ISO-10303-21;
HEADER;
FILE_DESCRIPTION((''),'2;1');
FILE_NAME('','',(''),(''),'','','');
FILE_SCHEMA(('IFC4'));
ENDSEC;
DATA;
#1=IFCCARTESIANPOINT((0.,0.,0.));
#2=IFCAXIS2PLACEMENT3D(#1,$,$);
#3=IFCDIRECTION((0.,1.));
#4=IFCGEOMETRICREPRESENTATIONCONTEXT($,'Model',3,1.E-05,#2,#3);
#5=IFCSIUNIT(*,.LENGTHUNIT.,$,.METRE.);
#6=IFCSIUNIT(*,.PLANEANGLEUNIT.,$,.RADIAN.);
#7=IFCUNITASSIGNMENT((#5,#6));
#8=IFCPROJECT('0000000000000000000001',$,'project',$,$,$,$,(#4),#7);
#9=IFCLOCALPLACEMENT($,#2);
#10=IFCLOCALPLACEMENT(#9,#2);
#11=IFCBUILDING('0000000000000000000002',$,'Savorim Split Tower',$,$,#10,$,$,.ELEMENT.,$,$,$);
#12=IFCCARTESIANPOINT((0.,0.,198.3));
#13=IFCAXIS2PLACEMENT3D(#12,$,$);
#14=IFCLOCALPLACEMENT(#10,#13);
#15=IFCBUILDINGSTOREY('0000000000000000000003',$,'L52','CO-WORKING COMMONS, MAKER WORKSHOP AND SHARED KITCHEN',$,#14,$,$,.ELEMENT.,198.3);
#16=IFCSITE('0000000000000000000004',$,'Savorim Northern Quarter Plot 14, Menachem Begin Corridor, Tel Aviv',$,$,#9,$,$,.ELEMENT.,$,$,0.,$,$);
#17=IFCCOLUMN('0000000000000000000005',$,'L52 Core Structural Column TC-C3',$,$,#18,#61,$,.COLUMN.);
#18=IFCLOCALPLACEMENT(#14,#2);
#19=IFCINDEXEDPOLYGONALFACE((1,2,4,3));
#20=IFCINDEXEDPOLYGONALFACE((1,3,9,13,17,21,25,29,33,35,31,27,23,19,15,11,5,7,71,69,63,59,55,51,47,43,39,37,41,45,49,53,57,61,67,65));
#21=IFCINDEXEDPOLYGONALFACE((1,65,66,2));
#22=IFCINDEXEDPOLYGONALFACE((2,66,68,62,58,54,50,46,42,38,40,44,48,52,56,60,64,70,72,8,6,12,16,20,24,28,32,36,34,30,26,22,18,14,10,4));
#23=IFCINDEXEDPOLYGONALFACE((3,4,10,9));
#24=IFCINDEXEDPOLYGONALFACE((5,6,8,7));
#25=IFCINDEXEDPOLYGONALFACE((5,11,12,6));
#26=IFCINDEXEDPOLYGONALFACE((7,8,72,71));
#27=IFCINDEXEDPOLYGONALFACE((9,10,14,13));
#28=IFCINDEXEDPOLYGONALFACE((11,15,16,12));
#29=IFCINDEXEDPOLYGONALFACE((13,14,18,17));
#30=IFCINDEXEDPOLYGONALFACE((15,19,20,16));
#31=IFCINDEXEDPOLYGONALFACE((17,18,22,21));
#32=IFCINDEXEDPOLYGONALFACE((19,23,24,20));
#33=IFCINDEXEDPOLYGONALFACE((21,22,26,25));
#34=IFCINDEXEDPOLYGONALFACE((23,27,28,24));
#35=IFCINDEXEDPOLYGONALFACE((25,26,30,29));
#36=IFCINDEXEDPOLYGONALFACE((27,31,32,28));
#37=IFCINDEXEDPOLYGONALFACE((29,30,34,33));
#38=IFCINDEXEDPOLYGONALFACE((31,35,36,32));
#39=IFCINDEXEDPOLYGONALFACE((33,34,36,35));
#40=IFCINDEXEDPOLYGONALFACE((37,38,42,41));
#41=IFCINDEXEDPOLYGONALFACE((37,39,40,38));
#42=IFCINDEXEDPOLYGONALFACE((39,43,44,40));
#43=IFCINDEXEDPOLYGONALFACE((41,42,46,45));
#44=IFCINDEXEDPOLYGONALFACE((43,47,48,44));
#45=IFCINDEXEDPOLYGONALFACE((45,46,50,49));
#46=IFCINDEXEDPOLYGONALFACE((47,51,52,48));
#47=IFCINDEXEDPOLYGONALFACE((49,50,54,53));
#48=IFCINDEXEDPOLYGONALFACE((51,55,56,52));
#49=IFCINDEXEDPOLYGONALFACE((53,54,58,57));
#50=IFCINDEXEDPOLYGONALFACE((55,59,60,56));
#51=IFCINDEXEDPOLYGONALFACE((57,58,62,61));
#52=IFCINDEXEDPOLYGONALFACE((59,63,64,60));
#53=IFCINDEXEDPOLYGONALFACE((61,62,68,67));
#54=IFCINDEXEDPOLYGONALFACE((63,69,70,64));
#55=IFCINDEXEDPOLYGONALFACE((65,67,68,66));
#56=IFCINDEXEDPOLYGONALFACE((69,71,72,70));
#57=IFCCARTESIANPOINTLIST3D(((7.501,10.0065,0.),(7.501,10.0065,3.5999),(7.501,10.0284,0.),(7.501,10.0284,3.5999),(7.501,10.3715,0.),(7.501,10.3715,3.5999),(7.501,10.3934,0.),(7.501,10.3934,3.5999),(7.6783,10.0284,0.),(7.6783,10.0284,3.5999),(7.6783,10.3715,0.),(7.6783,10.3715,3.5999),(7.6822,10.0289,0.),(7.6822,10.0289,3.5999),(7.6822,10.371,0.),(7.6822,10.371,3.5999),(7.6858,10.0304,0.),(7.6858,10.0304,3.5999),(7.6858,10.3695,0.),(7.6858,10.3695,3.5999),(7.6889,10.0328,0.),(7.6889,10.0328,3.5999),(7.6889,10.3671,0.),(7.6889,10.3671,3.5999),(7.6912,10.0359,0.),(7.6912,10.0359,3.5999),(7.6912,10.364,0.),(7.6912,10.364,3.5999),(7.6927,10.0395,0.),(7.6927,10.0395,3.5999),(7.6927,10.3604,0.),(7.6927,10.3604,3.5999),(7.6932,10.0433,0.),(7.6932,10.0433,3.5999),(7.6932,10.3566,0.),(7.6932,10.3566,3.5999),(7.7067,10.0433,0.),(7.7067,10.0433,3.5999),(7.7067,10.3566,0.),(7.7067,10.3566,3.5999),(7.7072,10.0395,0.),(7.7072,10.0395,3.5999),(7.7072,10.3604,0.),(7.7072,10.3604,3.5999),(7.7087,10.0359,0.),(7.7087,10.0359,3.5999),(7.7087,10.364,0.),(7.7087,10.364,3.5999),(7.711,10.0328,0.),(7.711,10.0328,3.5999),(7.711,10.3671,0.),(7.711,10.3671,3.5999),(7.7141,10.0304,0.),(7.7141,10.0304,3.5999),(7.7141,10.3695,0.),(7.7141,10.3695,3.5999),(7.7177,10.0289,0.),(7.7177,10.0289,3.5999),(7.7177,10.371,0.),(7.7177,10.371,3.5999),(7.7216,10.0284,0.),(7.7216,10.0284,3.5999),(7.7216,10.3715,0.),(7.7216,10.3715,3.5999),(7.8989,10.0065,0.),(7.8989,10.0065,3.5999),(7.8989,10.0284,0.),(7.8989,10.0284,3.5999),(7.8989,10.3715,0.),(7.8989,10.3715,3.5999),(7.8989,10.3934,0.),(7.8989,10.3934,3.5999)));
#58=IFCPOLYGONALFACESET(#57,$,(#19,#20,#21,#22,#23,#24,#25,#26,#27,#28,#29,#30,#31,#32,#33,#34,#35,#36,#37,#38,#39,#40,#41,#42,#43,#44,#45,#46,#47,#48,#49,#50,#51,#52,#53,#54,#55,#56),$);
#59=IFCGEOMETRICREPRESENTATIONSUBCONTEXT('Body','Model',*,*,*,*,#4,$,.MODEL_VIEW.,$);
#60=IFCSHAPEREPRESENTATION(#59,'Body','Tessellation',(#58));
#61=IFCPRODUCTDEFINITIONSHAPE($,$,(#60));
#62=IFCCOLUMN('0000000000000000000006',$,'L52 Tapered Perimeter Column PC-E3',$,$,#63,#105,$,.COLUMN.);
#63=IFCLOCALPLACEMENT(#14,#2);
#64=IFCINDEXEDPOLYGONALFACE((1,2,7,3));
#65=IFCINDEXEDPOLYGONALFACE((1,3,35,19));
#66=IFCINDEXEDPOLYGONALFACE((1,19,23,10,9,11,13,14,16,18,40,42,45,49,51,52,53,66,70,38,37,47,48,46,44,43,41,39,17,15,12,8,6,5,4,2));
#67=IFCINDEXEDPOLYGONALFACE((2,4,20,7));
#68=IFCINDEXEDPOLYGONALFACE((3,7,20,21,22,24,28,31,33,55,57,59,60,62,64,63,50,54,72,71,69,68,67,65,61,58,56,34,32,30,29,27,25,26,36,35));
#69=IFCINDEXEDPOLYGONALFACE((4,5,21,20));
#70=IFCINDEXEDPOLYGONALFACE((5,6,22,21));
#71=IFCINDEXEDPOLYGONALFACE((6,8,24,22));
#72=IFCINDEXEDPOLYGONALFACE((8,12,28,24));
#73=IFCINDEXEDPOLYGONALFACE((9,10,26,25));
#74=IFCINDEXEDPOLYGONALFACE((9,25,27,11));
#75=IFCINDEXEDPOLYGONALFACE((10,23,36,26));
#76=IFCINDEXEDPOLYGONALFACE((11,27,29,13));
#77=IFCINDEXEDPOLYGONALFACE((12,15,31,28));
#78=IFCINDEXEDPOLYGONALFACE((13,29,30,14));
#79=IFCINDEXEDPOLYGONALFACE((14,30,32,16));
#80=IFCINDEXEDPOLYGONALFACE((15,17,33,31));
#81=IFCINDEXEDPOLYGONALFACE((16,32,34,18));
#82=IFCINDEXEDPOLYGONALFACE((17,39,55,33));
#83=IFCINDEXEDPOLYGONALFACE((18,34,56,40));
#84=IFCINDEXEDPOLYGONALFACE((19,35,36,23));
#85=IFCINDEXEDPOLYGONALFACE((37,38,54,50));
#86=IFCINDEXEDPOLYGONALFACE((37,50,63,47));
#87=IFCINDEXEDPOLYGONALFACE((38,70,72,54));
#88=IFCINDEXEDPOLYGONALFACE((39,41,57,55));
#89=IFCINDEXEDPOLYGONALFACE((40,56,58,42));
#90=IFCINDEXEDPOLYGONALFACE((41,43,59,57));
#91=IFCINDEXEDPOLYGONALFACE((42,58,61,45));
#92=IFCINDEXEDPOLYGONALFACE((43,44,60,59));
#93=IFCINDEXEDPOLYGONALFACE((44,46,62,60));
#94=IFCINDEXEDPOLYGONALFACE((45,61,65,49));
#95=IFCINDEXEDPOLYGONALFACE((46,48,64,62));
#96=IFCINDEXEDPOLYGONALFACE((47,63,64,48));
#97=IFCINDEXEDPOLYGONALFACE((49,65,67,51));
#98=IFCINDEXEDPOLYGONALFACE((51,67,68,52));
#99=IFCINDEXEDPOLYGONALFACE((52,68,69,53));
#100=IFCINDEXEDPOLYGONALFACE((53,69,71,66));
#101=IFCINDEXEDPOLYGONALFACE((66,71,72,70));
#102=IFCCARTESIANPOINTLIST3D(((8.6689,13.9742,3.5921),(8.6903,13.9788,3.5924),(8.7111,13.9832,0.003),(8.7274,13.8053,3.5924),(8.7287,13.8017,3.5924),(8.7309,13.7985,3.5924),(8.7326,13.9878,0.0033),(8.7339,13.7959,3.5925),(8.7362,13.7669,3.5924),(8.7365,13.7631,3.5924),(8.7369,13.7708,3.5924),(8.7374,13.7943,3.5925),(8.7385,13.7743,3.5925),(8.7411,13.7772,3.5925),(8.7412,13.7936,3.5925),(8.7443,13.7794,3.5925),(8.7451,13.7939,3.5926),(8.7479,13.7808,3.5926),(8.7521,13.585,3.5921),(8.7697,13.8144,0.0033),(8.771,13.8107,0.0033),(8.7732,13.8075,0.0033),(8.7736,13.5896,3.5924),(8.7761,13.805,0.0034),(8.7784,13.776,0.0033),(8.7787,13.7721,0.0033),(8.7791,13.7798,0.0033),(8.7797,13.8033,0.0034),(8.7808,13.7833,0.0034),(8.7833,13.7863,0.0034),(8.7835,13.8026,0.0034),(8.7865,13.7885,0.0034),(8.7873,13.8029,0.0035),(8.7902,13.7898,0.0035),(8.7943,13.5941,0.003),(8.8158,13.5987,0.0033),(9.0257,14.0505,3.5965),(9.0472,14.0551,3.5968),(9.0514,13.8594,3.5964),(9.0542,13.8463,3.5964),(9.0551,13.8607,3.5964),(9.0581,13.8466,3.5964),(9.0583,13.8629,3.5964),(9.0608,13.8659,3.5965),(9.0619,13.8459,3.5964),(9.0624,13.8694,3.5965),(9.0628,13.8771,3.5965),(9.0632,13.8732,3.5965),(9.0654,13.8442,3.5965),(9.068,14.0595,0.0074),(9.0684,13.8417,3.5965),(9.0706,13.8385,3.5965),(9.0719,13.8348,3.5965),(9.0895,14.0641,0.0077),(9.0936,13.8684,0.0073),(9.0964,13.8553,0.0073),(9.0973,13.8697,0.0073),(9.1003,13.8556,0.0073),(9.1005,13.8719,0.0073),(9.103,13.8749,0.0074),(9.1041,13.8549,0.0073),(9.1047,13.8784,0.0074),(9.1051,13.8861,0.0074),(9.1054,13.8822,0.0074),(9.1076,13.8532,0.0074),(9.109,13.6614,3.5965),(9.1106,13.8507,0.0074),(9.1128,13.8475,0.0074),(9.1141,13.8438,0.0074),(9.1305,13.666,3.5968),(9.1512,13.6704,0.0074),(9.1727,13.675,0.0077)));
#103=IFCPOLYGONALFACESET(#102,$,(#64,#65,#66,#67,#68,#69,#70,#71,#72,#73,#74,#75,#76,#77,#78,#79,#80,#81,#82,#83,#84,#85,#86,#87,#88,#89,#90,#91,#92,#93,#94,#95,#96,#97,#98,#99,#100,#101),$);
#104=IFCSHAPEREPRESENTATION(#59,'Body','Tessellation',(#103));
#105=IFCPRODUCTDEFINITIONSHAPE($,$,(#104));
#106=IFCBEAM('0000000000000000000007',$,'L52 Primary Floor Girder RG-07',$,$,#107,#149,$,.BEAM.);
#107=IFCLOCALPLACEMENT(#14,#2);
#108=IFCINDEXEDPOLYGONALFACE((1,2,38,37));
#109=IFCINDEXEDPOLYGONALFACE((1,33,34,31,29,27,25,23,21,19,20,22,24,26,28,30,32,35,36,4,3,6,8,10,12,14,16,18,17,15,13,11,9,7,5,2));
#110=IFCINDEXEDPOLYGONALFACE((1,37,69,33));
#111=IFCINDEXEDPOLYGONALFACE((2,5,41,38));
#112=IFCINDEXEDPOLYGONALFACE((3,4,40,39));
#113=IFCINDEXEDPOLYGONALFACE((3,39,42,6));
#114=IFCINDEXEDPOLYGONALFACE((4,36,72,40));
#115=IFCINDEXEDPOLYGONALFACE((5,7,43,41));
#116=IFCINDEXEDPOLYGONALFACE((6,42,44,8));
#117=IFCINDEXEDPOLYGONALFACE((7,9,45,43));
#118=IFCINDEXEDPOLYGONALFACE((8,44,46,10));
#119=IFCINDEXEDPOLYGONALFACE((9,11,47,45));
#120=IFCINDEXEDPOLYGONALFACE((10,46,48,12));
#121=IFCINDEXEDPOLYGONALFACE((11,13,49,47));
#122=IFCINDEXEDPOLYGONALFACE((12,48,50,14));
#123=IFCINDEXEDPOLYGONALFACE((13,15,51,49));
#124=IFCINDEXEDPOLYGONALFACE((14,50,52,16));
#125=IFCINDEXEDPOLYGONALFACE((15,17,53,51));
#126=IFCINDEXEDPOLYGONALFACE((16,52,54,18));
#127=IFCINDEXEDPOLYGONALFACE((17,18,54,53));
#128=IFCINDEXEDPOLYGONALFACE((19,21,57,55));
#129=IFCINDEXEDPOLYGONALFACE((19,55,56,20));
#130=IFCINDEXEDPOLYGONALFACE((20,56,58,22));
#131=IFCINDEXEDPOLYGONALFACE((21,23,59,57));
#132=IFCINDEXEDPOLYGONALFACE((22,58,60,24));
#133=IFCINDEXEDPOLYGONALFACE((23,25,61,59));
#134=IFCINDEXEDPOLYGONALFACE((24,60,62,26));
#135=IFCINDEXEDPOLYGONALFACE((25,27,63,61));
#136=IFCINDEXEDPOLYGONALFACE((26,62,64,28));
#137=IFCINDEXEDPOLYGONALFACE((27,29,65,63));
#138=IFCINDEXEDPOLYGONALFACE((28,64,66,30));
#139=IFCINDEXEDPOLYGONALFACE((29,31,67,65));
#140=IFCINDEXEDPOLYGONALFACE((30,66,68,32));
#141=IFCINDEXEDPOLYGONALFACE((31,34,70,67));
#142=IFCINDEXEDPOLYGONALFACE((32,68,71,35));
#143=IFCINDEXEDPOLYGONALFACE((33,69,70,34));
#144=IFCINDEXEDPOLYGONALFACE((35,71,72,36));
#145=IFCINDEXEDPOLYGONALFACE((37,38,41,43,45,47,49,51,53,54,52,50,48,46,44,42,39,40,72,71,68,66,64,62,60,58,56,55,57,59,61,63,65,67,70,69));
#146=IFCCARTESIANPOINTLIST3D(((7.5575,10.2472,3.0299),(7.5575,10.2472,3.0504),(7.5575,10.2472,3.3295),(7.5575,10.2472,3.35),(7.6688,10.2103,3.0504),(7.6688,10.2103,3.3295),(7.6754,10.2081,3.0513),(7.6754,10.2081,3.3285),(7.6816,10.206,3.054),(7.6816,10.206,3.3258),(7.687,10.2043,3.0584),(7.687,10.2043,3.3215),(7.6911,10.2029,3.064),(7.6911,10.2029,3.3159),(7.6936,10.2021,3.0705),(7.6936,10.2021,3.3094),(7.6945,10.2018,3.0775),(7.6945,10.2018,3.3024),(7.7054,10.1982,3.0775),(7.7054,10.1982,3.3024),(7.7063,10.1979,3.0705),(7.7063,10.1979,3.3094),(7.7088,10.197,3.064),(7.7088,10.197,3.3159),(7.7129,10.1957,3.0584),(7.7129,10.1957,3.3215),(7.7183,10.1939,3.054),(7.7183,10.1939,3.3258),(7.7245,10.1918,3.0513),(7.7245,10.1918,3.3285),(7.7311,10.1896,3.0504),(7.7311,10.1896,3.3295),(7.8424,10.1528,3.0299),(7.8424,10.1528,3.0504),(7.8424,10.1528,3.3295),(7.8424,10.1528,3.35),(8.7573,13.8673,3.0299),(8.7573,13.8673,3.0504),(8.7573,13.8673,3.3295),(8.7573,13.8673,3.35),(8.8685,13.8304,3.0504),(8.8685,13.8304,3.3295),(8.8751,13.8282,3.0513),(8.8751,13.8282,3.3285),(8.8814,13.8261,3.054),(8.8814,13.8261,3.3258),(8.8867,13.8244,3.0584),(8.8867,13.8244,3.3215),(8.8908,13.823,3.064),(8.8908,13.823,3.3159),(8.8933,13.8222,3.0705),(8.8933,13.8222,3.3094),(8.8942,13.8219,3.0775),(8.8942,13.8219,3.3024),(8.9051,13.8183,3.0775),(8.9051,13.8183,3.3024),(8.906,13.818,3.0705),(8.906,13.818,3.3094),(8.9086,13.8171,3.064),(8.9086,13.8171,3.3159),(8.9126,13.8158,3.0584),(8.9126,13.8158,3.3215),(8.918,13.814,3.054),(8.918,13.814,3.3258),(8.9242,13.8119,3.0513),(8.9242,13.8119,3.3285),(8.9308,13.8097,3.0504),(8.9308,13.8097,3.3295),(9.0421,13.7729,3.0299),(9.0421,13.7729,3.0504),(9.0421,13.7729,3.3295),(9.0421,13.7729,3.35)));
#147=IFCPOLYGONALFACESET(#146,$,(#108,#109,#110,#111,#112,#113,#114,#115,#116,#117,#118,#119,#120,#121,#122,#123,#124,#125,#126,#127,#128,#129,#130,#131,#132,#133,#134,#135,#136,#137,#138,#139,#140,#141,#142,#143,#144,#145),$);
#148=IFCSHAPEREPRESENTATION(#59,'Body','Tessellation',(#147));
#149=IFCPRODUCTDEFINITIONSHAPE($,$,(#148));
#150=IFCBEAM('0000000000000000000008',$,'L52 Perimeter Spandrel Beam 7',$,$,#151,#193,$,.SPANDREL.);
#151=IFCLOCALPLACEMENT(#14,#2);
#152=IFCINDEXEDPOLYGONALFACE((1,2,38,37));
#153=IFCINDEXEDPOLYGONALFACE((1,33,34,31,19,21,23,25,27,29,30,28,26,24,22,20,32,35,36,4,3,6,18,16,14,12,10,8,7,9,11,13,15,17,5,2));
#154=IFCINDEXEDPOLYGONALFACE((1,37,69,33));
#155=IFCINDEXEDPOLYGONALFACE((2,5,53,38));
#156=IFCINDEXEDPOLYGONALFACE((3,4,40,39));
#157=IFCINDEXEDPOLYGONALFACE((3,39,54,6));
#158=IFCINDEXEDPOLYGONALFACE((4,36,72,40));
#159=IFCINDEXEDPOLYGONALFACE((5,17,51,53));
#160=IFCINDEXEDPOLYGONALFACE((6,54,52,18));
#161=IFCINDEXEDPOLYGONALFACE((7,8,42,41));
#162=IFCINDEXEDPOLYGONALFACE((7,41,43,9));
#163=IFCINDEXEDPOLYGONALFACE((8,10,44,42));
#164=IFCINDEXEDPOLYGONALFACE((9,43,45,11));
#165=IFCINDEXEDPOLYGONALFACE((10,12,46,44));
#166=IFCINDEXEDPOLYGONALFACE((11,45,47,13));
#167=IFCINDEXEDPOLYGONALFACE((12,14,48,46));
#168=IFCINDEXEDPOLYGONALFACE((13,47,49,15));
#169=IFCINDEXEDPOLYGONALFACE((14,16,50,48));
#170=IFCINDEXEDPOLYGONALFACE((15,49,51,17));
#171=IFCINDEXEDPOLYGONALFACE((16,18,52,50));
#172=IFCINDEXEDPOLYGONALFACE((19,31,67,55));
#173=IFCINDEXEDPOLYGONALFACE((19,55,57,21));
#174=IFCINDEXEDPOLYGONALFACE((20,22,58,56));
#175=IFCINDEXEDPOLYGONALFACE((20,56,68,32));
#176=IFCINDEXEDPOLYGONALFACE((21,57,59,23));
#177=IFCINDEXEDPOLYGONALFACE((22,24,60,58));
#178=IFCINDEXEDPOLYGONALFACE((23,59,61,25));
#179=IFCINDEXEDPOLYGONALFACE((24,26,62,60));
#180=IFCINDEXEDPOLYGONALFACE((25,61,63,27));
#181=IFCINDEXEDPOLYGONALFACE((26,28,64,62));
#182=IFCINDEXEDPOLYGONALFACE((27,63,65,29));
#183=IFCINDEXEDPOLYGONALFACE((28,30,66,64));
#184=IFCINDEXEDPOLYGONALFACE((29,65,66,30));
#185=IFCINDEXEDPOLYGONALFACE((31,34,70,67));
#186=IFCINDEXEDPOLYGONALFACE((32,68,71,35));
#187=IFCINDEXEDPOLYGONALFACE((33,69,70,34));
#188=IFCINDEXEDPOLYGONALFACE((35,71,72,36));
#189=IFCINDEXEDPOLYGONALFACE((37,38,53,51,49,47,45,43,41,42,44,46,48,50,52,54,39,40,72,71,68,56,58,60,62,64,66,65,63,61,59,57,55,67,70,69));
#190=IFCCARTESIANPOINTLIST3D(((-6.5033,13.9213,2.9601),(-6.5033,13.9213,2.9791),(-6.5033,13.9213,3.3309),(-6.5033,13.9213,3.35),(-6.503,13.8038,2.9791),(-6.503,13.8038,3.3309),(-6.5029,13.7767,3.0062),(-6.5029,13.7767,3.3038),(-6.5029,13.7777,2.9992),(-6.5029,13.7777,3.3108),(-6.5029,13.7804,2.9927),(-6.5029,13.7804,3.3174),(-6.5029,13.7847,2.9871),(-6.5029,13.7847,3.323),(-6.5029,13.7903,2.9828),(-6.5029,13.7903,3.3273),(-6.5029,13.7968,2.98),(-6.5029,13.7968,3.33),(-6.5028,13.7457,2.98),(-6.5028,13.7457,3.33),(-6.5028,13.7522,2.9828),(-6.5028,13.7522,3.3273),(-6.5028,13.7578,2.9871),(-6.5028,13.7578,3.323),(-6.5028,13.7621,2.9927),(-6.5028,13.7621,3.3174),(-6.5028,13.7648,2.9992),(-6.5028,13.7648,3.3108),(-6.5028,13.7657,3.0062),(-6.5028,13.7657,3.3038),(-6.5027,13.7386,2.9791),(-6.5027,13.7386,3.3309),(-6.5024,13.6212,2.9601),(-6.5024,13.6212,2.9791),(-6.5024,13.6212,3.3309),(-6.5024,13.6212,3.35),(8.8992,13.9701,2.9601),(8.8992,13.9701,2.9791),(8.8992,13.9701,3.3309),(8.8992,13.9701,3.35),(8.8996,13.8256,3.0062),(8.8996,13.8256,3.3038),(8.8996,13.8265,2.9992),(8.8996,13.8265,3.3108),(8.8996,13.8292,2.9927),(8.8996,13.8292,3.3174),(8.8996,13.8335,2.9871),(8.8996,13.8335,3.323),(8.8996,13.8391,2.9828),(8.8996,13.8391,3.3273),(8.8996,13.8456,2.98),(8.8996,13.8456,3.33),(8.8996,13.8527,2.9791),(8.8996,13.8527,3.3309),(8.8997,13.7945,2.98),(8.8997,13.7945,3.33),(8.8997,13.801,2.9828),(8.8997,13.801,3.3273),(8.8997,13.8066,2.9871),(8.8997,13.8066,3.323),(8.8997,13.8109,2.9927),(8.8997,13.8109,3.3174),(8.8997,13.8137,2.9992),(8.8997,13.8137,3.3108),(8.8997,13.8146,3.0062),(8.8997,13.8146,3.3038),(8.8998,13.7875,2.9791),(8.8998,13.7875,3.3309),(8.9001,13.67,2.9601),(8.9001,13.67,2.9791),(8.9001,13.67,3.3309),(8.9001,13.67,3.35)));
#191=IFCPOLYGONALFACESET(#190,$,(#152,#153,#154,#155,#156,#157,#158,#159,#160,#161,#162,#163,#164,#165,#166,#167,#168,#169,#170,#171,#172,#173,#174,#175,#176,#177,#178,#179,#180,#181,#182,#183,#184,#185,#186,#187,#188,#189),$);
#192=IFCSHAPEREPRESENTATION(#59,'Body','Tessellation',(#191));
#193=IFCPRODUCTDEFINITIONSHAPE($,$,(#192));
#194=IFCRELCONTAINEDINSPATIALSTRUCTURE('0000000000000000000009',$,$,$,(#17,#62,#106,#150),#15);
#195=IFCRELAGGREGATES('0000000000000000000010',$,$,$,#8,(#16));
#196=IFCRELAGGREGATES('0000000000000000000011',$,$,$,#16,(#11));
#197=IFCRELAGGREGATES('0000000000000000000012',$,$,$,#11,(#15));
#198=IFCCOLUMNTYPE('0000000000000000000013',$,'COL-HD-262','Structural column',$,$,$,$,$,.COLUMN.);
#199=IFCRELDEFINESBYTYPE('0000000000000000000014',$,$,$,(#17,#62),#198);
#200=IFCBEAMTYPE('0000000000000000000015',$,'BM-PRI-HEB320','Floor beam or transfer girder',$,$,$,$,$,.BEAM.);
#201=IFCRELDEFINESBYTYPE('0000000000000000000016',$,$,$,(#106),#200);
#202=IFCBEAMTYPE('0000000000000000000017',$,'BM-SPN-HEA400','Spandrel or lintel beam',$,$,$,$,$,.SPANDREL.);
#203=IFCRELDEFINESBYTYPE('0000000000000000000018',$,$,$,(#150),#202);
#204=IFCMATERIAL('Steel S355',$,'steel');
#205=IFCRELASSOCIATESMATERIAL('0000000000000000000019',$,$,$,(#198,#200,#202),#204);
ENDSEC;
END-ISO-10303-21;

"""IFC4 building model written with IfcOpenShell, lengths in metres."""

from ifc_helpers import new_model, si_unit, direction, frame, origin, origin_2d, place, context, subcontext, project, spatial, i_section, extrude, material, material_profile, profile_set, type_object, element, save


model = new_model("IFC4")

# Units and contexts
model_context = context("Model", 3, precision=1e-05, world=origin(), true_north=direction((0.0, 1.0)))
body_context = subcontext(model_context, "Body", "Model", "MODEL_VIEW")
ifc_project = project(units=[si_unit("LENGTHUNIT", "METRE"), si_unit("PLANEANGLEUNIT", "RADIAN")], contexts=[model_context])

# Site, building, storey
site_placement = place(None, origin())
site = spatial("IfcSite", under=ifc_project, at=site_placement, Name="Savorim Northern Quarter Plot 14, Menachem Begin Corridor, Tel Aviv", CompositionType="ELEMENT", RefElevation=0.0)
building_placement = place(site_placement, origin())
building = spatial("IfcBuilding", under=site, at=building_placement, Name="Savorim Split Tower", CompositionType="ELEMENT")
storey_placement = place(building_placement, frame((0.0, 0.0, 198.3)))
storey = spatial("IfcBuildingStorey", under=building, at=storey_placement, Name="L52", Description="CO-WORKING COMMONS, MAKER WORKSHOP AND SHARED KITCHEN", CompositionType="ELEMENT", Elevation=198.3)

# Columns
ifc_material_1 = material(Name="Steel S355", Category="steel")
ifc_material_profile_1 = material_profile(ifc_material_1, i_section(OverallWidth=0.3979, OverallDepth=0.387, WebThickness=0.0134, FlangeThickness=0.022, FilletRadius=0.0149, at=origin_2d()), Name="HD 400x262")
ifc_profile_set_1 = profile_set([ifc_material_profile_1], Name="Steel S355")
column_type = type_object("IfcColumnType", Name="COL-HD-262", Description="Structural column", PredefinedType="COLUMN", material=ifc_profile_set_1)
column_1_placement = place(storey_placement, frame((7.7, 10.2, 0.0), z_axis=(0.0, 0.0, 1.0), x_axis=(1.0, 0.0, 0.0)))
element("IfcColumn", 1, at=column_1_placement, inside=storey, type_object=column_type, Name="L52 Core Structural Column TC-C3", PredefinedType="COLUMN", context=body_context, shape_type="SweptSolid", body=[
    extrude(i_section(OverallWidth=0.3979, OverallDepth=0.387, WebThickness=0.0134, FlangeThickness=0.022, FilletRadius=0.0149, at=origin_2d()), origin(), (0.0, 0.0, 1.0), 3.5999),
])
column_2_placement = place(storey_placement, frame((8.9419, 13.8291, 0.0054), z_axis=(-0.011767, -0.002517, 0.999928), x_axis=(0.209143, -0.977885, 0.0)))
element("IfcColumn", 2, at=column_2_placement, inside=storey, type_object=column_type, Name="L52 Tapered Perimeter Column PC-E3", PredefinedType="COLUMN", context=body_context, shape_type="SweptSolid", body=[
    extrude(i_section(OverallWidth=0.3979, OverallDepth=0.387, WebThickness=0.0134, FlangeThickness=0.022, FilletRadius=0.0149, at=origin_2d()), origin(), (0.0, 0.0, 1.0), 3.5894),
])

# Beams
ifc_material_profile_2 = material_profile(ifc_material_1, i_section(OverallWidth=0.3, OverallDepth=0.3201, WebThickness=0.0115, FlangeThickness=0.0205, FilletRadius=0.0271, at=origin_2d()), Name="HEB 320")
ifc_profile_set_2 = profile_set([ifc_material_profile_2], Name="Steel S355")
beam_type_1 = type_object("IfcBeamType", Name="BM-PRI-HEB320", Description="Floor beam or transfer girder", PredefinedType="BEAM", material=ifc_profile_set_2)
beam_1_placement = place(storey_placement, frame((8.8997, 13.8201, 3.1899), z_axis=(-0.314576, -0.949232, 0.0), x_axis=(0.949232, -0.314576, 0.0)))
element("IfcBeam", 3, at=beam_1_placement, inside=storey, type_object=beam_type_1, Name="L52 Primary Floor Girder RG-07", PredefinedType="BEAM", context=body_context, shape_type="SweptSolid", body=[
    extrude(i_section(OverallWidth=0.3, OverallDepth=0.3201, WebThickness=0.0115, FlangeThickness=0.0205, FilletRadius=0.0271, at=origin_2d()), origin(), (0.0, 0.0, 1.0), 3.8137),
])
ifc_material_profile_3 = material_profile(ifc_material_1, i_section(OverallWidth=0.3, OverallDepth=0.3899, WebThickness=0.011, FlangeThickness=0.019, FilletRadius=0.0271, at=origin_2d()), Name="HEA 400")
ifc_profile_set_3 = profile_set([ifc_material_profile_3], Name="Steel S355")
beam_type_2 = type_object("IfcBeamType", Name="BM-SPN-HEA400", Description="Spandrel or lintel beam", PredefinedType="SPANDREL", material=ifc_profile_set_3)
beam_2_placement = place(storey_placement, frame((8.8997, 13.8201, 3.155), z_axis=(-0.999995, -0.00317, 0.0), x_axis=(0.00317, -0.999995, 0.0)))
element("IfcBeam", 4, at=beam_2_placement, inside=storey, type_object=beam_type_2, Name="L52 Perimeter Spandrel Beam 7", PredefinedType="SPANDREL", context=body_context, shape_type="SweptSolid", body=[
    extrude(i_section(OverallWidth=0.3, OverallDepth=0.3899, WebThickness=0.011, FlangeThickness=0.019, FilletRadius=0.0271, at=origin_2d()), origin(), (0.0, 0.0, 1.0), 15.4026),
])

save(model, "model.ifc")
